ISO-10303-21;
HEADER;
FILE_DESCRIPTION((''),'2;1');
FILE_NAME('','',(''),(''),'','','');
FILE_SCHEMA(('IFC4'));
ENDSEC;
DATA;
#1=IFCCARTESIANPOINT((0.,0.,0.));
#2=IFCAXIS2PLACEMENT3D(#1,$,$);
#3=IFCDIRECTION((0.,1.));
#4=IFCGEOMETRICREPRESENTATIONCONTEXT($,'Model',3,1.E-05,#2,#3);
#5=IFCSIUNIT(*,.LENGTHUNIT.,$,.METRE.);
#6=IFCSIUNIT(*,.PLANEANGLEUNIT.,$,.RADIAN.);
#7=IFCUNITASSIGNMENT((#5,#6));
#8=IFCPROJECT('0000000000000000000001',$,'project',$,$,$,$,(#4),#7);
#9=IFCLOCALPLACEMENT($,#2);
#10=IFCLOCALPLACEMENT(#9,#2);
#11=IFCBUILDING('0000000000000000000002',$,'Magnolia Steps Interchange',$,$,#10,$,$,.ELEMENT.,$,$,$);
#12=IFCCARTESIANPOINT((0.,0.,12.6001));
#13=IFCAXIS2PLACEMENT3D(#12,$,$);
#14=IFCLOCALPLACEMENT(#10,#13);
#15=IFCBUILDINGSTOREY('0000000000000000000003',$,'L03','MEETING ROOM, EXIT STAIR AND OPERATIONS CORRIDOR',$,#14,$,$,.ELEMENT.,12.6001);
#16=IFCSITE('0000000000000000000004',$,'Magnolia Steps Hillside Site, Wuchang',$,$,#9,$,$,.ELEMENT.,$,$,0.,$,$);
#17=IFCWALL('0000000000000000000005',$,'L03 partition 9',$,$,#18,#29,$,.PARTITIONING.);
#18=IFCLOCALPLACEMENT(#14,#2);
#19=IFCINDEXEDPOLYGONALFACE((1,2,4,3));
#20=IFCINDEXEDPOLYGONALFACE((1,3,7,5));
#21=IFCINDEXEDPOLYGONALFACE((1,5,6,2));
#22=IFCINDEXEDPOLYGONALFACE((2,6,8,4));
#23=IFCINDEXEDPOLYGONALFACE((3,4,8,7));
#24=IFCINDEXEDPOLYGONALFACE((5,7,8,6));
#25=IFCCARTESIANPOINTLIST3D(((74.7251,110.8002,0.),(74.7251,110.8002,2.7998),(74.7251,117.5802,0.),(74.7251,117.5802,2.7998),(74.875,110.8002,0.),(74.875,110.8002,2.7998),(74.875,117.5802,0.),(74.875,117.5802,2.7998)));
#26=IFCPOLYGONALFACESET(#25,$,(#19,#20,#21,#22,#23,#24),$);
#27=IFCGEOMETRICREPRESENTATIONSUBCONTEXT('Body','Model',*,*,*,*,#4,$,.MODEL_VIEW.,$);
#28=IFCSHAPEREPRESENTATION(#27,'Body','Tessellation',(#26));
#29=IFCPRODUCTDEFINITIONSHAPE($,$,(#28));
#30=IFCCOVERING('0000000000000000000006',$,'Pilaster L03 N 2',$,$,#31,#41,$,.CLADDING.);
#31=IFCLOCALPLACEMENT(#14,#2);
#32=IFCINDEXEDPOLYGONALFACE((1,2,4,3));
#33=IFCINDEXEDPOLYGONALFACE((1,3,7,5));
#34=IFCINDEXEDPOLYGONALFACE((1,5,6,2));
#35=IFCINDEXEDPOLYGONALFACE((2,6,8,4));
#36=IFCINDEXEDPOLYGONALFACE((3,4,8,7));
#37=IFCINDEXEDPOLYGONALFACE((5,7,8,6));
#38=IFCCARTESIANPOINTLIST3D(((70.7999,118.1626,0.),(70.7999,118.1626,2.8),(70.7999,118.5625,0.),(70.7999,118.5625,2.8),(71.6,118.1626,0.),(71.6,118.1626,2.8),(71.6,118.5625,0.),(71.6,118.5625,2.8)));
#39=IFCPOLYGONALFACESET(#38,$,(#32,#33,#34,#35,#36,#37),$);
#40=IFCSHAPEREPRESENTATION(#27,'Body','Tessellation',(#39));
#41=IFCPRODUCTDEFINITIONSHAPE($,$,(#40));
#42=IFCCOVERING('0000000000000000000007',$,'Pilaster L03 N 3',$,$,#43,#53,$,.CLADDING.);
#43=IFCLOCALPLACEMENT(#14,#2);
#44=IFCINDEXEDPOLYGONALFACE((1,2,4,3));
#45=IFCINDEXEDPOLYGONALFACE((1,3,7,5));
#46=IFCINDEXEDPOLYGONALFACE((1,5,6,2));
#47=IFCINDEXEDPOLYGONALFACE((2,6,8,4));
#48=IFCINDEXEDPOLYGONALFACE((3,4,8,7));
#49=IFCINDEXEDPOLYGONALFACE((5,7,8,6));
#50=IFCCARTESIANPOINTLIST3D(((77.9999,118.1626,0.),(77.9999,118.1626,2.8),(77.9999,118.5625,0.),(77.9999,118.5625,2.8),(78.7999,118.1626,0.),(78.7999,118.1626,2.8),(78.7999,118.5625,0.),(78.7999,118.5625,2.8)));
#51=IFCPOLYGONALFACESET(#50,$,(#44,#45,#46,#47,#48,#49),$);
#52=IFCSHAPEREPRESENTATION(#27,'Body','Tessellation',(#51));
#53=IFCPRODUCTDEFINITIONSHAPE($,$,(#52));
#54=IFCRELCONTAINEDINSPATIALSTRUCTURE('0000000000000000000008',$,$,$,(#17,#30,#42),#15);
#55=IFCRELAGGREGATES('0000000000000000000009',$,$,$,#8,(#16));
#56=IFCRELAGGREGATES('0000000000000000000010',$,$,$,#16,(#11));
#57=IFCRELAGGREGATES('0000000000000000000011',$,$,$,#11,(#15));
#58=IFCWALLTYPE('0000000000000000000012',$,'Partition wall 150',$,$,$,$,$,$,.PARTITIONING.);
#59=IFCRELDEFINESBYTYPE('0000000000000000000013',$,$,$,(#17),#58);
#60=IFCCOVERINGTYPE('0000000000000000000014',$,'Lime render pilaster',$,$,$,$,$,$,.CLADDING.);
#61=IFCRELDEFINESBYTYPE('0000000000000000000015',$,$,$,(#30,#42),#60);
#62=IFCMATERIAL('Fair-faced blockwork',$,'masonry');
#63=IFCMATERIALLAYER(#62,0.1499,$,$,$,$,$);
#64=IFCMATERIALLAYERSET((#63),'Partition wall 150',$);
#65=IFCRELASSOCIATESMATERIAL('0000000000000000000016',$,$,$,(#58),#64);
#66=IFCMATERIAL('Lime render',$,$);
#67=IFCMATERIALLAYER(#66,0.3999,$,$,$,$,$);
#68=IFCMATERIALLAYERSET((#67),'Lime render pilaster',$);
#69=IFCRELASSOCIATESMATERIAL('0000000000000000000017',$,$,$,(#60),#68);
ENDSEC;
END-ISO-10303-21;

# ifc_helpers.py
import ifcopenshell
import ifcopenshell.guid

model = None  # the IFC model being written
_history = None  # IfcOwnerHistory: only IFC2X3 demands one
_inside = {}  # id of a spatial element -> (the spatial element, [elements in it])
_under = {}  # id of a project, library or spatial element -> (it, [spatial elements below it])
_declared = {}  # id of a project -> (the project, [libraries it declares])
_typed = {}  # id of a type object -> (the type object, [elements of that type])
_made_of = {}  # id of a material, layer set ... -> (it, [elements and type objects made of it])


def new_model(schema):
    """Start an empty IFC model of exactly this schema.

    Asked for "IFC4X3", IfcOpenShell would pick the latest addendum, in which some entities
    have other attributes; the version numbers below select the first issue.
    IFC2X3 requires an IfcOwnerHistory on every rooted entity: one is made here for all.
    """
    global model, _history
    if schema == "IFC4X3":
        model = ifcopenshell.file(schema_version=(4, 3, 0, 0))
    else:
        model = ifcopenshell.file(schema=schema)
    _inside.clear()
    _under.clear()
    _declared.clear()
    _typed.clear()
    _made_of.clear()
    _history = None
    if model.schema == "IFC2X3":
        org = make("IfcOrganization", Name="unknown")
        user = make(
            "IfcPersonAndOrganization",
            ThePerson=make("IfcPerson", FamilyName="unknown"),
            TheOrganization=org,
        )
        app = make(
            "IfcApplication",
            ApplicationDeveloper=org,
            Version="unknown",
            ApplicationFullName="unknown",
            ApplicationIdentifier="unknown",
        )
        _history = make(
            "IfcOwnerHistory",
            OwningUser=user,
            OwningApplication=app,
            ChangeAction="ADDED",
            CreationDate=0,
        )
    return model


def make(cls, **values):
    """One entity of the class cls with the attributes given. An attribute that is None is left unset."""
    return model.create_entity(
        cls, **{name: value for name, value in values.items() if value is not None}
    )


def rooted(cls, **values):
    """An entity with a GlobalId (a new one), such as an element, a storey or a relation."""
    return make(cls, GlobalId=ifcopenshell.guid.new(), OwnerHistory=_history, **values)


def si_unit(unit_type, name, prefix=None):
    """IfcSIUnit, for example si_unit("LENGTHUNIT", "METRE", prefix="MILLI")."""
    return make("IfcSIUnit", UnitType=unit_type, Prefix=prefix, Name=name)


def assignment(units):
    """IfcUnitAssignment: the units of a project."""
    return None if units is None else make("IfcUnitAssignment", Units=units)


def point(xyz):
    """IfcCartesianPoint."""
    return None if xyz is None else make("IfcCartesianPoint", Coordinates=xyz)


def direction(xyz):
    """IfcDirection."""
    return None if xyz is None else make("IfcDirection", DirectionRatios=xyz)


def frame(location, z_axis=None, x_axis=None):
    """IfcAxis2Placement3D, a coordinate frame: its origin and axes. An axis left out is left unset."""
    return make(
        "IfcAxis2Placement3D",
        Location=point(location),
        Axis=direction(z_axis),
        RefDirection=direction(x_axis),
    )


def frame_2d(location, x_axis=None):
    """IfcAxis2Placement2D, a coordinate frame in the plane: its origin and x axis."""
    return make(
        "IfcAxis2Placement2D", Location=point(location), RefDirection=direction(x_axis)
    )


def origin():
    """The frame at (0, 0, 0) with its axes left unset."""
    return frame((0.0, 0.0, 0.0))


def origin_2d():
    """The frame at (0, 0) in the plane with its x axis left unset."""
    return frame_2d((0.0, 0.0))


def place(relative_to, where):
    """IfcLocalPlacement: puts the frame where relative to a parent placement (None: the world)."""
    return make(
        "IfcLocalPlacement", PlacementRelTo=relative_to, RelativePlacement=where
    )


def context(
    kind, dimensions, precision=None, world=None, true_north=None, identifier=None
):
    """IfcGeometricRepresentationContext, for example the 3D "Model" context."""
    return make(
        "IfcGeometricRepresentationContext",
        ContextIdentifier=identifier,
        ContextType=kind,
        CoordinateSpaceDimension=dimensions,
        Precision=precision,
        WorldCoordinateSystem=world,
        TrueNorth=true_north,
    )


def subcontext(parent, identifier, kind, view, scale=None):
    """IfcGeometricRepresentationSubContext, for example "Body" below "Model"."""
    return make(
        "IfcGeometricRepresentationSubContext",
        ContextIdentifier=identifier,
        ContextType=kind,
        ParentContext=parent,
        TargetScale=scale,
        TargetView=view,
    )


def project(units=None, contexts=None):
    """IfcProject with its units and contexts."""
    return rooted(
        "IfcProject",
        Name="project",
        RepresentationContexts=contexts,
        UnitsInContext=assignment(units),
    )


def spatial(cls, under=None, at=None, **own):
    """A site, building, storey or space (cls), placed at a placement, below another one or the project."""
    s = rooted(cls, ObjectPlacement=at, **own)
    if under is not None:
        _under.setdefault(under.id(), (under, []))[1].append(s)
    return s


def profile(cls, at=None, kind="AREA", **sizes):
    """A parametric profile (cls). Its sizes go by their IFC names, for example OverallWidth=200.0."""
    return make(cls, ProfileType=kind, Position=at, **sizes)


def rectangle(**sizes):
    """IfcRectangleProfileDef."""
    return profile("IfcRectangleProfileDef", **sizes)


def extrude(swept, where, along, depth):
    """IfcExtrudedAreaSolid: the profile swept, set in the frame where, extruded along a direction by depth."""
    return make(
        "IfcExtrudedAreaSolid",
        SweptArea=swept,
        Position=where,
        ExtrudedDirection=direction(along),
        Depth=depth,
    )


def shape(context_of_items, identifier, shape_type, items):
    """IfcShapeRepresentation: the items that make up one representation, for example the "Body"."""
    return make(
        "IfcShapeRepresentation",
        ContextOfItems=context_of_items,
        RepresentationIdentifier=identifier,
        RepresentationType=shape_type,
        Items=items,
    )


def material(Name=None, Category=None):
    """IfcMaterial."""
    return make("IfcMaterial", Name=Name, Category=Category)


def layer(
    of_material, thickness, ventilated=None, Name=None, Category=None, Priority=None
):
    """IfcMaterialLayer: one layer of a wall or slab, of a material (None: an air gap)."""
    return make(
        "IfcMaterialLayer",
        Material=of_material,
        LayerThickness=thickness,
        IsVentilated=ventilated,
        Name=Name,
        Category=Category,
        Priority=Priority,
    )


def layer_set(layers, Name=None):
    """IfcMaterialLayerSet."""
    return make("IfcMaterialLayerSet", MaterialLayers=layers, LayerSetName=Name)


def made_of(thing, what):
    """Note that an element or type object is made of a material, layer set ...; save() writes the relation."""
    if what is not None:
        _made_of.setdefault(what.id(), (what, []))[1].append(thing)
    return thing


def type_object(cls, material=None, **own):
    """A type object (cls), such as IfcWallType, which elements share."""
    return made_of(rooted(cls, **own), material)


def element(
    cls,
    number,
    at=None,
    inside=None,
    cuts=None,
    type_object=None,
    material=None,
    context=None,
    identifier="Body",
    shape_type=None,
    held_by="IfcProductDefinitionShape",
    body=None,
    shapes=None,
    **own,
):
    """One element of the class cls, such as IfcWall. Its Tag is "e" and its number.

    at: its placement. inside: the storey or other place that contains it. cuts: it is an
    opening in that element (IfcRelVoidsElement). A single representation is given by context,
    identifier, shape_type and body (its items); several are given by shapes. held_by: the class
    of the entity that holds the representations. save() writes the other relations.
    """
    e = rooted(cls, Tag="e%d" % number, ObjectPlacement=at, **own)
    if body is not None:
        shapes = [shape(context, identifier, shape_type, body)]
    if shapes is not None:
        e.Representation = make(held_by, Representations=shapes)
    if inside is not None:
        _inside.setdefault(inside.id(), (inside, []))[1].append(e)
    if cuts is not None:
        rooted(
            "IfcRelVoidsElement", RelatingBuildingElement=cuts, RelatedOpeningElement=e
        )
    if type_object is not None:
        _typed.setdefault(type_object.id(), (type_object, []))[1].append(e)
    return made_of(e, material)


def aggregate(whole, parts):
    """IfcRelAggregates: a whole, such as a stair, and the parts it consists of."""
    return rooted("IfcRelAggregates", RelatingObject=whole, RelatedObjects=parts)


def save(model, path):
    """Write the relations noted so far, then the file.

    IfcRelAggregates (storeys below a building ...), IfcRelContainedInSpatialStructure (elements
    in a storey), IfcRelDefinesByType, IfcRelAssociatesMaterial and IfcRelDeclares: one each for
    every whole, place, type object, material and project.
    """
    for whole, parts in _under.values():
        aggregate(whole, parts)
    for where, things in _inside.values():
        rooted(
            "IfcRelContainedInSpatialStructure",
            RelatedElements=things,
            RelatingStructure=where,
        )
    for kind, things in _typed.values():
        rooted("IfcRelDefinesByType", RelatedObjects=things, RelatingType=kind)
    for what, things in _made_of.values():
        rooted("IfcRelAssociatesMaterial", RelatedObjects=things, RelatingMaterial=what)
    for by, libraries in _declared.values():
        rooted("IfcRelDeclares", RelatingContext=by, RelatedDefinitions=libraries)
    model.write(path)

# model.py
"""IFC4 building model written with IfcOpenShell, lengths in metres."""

from ifc_helpers import new_model, si_unit, direction, frame, frame_2d, origin, origin_2d, place, context, subcontext, project, spatial, rectangle, extrude, material, layer, layer_set, type_object, element, save


model = new_model("IFC4")

# Units and contexts
model_context = context("Model", 3, precision=1e-05, world=origin(), true_north=direction((0.0, 1.0)))
body_context = subcontext(model_context, "Body", "Model", "MODEL_VIEW")
ifc_project = project(units=[si_unit("LENGTHUNIT", "METRE"), si_unit("PLANEANGLEUNIT", "RADIAN")], contexts=[model_context])

# Site, building, storey
site_placement = place(None, origin())
site = spatial("IfcSite", under=ifc_project, at=site_placement, Name="Magnolia Steps Hillside Site, Wuchang", CompositionType="ELEMENT", RefElevation=0.0)
building_placement = place(site_placement, origin())
building = spatial("IfcBuilding", under=site, at=building_placement, Name="Magnolia Steps Interchange", CompositionType="ELEMENT")
storey_placement = place(building_placement, frame((0.0, 0.0, 12.6001)))
storey = spatial("IfcBuildingStorey", under=building, at=storey_placement, Name="L03", Description="MEETING ROOM, EXIT STAIR AND OPERATIONS CORRIDOR", CompositionType="ELEMENT", Elevation=12.6001)

# Shared definitions
ifc_material_1 = material(Name="Fair-faced blockwork", Category="masonry")
ifc_layer_1 = layer(ifc_material_1, 0.1499)
ifc_layer_set_1 = layer_set([ifc_layer_1], Name="Partition wall 150")
wall_type_1 = type_object("IfcWallType", Name="Partition wall 150", PredefinedType="PARTITIONING", material=ifc_layer_set_1)

# Wall
wall_1_placement = place(storey_placement, frame((74.8, 110.8, 0.0), z_axis=(0.0, 0.0, 1.0), x_axis=(0.0, 1.0, 0.0)))
element("IfcWall", 1, at=wall_1_placement, inside=storey, type_object=wall_type_1, Name="L03 partition 9", PredefinedType="PARTITIONING", context=body_context, shape_type="SweptSolid", body=[
    extrude(rectangle(XDim=6.78, YDim=0.1499, at=frame_2d((3.3901, 0.0))), origin(), (0.0, 0.0, 1.0), 2.7998),
])

# Coverings
ifc_material_2 = material(Name="Lime render")
ifc_layer_2 = layer(ifc_material_2, 0.3999)
ifc_layer_set_2 = layer_set([ifc_layer_2], Name="Lime render pilaster")
covering_type_1 = type_object("IfcCoveringType", Name="Lime render pilaster", PredefinedType="CLADDING", material=ifc_layer_set_2)
for number, where, z_axis, x_axis, name in (
    (2, (71.2, 118.3625, 0.0), (0.0, 0.0, 1.0), (1.0, 0.0, 0.0), "Pilaster L03 N 2"),
    (3, (78.3999, 118.3625, 0.0), (0.0, 0.0, 1.0), (1.0, 0.0, 0.0), "Pilaster L03 N 3"),
):
    element("IfcCovering", number, at=place(storey_placement, frame(where, z_axis=z_axis, x_axis=x_axis)), inside=storey, type_object=covering_type_1, Name=name, PredefinedType="CLADDING", context=body_context, shape_type="SweptSolid", body=[
        extrude(rectangle(XDim=0.8, YDim=0.3999, at=origin_2d()), origin(), (0.0, 0.0, 1.0), 2.8),
    ])

save(model, "model.ifc")
